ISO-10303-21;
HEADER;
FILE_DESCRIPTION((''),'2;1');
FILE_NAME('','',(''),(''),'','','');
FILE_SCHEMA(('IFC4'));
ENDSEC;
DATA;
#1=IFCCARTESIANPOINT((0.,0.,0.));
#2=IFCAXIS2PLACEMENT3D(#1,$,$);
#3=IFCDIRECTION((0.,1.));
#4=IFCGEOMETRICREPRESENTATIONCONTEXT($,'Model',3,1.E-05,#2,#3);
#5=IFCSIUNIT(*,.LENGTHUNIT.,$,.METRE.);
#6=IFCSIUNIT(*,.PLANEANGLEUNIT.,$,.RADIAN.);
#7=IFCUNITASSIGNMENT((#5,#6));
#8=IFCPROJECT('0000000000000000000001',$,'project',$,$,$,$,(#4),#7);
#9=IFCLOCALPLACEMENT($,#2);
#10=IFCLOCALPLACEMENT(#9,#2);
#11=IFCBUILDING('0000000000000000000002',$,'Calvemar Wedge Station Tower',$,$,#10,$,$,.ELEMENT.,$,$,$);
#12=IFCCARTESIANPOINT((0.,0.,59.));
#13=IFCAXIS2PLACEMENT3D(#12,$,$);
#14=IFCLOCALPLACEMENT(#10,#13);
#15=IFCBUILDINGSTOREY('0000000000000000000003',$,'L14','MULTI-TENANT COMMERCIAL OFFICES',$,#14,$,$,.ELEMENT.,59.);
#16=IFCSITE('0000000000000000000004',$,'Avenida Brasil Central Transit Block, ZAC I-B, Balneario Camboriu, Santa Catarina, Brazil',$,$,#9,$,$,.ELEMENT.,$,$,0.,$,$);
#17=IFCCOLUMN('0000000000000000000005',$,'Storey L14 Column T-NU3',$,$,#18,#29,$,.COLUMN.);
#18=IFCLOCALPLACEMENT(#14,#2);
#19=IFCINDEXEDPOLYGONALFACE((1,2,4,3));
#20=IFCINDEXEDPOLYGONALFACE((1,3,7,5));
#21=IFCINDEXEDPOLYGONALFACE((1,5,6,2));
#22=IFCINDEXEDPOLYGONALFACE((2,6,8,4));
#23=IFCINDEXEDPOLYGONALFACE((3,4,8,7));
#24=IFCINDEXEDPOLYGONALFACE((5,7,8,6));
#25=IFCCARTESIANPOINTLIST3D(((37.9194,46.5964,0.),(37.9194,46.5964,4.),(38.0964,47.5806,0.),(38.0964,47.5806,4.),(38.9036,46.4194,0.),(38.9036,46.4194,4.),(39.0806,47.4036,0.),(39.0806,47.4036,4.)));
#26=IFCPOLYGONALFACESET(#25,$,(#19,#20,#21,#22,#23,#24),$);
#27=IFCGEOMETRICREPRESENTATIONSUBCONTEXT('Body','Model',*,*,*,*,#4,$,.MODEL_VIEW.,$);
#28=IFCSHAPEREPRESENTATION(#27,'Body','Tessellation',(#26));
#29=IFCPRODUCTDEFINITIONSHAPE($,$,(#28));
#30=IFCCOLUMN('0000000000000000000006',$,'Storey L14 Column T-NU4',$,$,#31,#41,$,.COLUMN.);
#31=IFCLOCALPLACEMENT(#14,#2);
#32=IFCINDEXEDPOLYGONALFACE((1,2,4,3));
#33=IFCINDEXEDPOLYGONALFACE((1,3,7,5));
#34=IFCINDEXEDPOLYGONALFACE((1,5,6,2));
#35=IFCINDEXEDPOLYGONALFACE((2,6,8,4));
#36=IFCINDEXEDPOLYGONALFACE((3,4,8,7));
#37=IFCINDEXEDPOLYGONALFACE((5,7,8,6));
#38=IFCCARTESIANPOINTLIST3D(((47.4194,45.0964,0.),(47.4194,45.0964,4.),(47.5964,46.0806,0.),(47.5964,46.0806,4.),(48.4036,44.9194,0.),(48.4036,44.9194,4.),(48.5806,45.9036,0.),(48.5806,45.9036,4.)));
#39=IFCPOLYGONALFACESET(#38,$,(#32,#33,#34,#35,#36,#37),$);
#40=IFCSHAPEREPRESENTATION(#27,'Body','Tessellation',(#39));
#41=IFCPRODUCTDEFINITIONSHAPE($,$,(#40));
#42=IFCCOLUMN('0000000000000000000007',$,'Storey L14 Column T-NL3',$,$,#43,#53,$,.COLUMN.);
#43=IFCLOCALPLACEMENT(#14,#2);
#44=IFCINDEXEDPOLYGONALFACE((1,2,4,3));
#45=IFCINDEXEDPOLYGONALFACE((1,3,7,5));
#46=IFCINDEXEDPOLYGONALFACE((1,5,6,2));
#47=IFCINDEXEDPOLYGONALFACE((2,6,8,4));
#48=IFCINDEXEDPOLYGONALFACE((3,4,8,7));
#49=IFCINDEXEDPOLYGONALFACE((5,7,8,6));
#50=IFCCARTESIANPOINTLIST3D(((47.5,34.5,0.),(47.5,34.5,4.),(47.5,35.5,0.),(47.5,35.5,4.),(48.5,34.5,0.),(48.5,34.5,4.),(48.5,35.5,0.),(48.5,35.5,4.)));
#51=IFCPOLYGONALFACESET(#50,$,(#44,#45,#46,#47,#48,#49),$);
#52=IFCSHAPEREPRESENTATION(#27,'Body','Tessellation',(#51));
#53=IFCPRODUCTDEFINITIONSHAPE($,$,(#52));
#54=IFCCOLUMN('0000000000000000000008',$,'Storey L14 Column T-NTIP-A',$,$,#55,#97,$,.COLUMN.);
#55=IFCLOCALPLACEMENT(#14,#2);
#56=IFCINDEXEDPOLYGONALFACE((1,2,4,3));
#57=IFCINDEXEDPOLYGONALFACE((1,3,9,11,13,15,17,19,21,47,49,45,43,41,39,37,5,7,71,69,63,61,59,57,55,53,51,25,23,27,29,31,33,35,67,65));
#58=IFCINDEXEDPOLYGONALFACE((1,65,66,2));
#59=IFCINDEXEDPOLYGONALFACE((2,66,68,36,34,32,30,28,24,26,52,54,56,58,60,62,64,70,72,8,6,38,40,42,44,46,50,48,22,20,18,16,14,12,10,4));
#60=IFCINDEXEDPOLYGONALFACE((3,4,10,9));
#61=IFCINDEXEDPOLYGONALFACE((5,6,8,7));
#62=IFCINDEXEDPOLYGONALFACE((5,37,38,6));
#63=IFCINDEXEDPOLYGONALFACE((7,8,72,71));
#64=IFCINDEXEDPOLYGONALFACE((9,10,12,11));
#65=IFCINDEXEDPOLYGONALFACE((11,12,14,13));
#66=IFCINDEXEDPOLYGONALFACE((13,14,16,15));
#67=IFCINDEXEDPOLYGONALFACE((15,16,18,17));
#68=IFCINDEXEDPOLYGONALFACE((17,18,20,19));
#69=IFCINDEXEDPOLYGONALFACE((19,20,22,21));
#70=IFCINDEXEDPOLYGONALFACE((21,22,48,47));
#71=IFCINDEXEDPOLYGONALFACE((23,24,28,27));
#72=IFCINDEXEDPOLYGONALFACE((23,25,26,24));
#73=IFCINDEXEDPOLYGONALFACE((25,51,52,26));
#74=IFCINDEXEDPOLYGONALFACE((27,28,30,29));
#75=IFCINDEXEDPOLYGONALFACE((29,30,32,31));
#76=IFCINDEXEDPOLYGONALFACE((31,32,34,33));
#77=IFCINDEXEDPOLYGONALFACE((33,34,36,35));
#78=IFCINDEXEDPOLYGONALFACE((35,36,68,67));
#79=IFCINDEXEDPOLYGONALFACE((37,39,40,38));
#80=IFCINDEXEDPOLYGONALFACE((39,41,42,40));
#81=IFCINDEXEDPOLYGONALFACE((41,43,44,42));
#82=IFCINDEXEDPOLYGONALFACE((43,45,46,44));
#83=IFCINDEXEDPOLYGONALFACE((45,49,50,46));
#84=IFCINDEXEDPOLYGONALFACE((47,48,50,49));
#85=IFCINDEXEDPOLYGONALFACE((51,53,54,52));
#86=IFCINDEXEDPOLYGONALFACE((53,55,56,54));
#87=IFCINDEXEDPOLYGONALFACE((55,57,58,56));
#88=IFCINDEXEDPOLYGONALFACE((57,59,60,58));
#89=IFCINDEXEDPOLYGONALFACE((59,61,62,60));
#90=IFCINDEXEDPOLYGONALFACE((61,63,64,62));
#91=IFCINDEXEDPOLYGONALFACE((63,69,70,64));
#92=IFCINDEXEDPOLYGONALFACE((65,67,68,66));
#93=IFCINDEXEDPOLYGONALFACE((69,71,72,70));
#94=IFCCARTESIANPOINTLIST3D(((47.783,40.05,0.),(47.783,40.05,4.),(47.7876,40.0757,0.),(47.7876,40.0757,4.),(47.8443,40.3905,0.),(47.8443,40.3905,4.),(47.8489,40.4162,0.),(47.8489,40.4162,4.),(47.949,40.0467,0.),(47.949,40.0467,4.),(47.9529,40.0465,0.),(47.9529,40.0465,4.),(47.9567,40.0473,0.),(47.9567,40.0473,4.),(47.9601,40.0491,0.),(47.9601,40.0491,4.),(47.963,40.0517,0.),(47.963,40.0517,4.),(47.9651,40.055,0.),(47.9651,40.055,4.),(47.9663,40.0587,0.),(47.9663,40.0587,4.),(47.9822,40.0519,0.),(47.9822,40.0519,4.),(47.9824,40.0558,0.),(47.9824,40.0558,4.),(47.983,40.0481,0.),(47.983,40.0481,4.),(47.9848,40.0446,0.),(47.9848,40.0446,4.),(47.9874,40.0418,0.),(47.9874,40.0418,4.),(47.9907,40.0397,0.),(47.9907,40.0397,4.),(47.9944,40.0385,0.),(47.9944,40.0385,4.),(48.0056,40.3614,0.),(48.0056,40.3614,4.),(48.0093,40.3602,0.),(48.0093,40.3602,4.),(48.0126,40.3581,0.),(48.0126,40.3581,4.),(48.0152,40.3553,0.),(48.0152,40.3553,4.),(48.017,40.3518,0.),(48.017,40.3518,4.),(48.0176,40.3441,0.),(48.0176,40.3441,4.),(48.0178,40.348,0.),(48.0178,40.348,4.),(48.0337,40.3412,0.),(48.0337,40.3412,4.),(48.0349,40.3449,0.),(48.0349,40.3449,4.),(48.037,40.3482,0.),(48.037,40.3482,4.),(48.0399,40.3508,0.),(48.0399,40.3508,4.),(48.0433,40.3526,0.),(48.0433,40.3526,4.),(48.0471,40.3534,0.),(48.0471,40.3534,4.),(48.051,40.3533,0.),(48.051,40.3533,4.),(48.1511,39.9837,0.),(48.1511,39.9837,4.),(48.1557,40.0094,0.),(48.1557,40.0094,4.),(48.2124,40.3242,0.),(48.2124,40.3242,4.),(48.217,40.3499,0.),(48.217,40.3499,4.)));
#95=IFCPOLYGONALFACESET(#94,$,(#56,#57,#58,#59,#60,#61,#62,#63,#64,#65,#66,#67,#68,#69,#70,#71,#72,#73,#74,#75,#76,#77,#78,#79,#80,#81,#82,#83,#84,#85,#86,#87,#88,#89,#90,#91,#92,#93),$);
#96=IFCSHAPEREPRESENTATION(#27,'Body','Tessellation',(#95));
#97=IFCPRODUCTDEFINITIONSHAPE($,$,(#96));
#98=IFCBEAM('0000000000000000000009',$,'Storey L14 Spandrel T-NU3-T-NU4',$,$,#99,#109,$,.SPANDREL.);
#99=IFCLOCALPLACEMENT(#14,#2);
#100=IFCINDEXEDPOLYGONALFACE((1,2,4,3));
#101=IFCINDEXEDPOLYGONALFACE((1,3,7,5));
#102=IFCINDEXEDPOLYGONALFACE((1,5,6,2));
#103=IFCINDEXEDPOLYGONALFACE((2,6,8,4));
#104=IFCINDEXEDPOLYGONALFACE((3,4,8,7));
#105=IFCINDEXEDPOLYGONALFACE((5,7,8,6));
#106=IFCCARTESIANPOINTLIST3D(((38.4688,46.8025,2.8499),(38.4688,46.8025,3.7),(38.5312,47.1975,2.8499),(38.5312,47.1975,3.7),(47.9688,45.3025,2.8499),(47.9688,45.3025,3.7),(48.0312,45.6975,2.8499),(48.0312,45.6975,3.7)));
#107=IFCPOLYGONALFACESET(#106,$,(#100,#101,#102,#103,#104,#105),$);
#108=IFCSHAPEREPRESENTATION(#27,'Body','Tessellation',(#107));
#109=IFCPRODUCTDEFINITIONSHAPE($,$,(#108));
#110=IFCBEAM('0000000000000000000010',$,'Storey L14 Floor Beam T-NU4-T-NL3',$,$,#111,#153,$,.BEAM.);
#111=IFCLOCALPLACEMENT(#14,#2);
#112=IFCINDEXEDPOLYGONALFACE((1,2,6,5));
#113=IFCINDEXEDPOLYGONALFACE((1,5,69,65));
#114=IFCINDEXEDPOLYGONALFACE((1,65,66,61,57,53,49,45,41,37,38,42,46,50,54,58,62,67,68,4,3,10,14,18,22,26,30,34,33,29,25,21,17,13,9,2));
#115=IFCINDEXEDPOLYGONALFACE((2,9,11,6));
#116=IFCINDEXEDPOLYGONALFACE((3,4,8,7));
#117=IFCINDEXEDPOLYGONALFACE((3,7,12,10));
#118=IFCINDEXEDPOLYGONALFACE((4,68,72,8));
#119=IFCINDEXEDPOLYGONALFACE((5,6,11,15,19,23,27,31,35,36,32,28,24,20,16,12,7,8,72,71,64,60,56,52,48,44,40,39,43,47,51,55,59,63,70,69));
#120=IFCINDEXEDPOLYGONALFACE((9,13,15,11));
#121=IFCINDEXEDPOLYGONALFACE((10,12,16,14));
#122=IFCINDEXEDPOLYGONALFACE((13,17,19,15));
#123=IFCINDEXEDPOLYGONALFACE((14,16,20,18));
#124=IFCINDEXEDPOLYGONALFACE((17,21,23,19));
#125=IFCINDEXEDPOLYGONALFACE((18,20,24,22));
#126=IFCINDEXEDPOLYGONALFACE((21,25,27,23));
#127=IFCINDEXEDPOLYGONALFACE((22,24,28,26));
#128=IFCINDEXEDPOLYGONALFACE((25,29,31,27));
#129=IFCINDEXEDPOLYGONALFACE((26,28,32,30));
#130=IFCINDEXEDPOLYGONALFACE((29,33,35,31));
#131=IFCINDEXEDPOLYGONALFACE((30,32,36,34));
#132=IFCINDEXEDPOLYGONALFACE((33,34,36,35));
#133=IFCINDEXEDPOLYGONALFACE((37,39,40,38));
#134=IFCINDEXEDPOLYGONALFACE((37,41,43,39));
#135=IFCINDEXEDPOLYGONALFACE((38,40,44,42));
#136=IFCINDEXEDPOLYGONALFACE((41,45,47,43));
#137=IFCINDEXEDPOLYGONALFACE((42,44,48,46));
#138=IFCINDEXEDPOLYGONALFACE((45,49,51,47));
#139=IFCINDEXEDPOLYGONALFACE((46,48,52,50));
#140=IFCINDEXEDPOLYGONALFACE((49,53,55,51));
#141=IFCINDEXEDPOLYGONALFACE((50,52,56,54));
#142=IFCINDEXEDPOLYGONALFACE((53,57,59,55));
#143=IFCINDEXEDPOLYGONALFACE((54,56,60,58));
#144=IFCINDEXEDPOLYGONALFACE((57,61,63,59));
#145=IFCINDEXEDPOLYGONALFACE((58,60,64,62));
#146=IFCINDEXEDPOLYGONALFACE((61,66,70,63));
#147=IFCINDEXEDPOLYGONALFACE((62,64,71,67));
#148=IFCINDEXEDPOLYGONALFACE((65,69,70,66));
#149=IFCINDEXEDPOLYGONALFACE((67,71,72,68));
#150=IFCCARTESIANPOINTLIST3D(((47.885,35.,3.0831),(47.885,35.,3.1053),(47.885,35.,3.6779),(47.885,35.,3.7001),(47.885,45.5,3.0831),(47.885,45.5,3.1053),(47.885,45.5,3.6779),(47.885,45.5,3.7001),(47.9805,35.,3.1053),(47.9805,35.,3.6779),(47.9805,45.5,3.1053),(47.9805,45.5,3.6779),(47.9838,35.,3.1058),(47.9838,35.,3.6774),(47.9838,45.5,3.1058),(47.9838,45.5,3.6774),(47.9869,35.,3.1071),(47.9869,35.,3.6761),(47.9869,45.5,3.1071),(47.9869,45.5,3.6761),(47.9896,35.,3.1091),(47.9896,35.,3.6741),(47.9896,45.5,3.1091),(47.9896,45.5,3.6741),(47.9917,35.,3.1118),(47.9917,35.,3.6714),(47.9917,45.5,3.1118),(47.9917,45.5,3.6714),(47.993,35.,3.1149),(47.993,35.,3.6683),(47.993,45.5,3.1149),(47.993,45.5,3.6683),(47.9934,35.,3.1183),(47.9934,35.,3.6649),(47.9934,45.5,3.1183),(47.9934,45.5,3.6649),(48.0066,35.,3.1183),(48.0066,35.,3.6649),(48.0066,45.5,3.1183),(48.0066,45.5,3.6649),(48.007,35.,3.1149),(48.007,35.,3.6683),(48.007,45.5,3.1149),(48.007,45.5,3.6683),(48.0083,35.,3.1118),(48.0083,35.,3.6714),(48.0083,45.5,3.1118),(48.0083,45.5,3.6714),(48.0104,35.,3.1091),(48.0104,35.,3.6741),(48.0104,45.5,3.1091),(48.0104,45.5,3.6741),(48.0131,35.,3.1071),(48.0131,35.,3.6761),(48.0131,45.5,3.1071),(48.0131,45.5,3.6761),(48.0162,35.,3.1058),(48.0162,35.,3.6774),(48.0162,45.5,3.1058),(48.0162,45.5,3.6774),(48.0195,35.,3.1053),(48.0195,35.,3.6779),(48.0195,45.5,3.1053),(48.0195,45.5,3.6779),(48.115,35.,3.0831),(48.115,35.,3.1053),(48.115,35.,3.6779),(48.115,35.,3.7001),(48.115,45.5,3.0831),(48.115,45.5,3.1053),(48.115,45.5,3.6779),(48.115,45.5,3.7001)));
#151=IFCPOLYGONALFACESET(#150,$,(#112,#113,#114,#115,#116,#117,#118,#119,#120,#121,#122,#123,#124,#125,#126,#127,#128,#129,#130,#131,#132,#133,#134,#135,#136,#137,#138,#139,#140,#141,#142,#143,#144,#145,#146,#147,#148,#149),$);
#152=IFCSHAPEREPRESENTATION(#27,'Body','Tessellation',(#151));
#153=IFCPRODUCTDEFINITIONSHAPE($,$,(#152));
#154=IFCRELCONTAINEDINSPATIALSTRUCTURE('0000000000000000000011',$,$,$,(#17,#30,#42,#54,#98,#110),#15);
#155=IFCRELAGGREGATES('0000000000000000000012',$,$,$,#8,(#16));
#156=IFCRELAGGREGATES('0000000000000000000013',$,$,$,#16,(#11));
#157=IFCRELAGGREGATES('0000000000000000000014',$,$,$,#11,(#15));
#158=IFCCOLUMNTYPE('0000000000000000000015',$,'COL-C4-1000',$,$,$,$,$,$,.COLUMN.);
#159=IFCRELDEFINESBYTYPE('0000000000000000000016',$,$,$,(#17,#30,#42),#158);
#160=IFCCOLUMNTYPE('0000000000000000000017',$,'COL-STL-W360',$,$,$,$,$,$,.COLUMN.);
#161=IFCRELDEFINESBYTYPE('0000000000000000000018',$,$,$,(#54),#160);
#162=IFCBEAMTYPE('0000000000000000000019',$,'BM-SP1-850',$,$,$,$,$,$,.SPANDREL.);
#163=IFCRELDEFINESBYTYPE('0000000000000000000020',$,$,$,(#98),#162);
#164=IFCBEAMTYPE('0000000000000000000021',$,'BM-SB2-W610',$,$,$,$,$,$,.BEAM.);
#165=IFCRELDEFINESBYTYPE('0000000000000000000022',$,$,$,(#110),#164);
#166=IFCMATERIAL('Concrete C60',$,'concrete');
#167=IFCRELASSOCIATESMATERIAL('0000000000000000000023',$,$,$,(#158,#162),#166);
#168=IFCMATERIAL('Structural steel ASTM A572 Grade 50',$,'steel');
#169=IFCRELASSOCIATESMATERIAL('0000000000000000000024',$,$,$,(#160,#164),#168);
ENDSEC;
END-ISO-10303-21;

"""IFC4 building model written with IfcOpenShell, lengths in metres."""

from ifc_helpers import new_model, si_unit, direction, frame, origin, origin_2d, place, context, subcontext, project, spatial, rectangle, i_section, extrude, source, transform, mapped, material, material_profile, profile_set, type_object, element, save


model = new_model("IFC4")

# Units and contexts
model_context = context("Model", 3, precision=1e-05, world=origin(), true_north=direction((0.0, 1.0)))
body_context = subcontext(model_context, "Body", "Model", "MODEL_VIEW")
ifc_project = project(units=[si_unit("LENGTHUNIT", "METRE"), si_unit("PLANEANGLEUNIT", "RADIAN")], contexts=[model_context])

# Site, building, storey
site_placement = place(None, origin())
site = spatial("IfcSite", under=ifc_project, at=site_placement, Name="Avenida Brasil Central Transit Block, ZAC I-B, Balneario Camboriu, Santa Catarina, Brazil", CompositionType="ELEMENT", RefElevation=0.0)
building_placement = place(site_placement, origin())
building = spatial("IfcBuilding", under=site, at=building_placement, Name="Calvemar Wedge Station Tower", CompositionType="ELEMENT")
storey_placement = place(building_placement, frame((0.0, 0.0, 59.0)))
storey = spatial("IfcBuildingStorey", under=building, at=storey_placement, Name="L14", Description="MULTI-TENANT COMMERCIAL OFFICES", CompositionType="ELEMENT", Elevation=59.0)

# Columns
ifc_material_1 = material(Name="Concrete C60", Category="concrete")
ifc_material_profile_1 = material_profile(ifc_material_1, rectangle(XDim=1.0, YDim=1.0, at=origin_2d()), Name="RC1000x1000")
ifc_profile_set_1 = profile_set([ifc_material_profile_1], Name="Concrete C60")
column_type_1 = type_object("IfcColumnType", Name="COL-C4-1000", PredefinedType="COLUMN", material=ifc_profile_set_1)
shared_shape_1 = source(origin(), body_context, "Body", "SweptSolid", [
    extrude(rectangle(XDim=1.0, YDim=1.0, at=origin_2d()), origin(), (0.0, 0.0, 1.0), 4.0),
])
for number, where, z_axis, x_axis, name in (
    (1, (38.5, 47.0, 0.0), (0.0, 0.0, 1.0), (0.984196, -0.177085, 0.0), "Storey L14 Column T-NU3"),
    (2, (48.0, 45.5, 0.0), (0.0, 0.0, 1.0), (0.984196, -0.177085, 0.0), "Storey L14 Column T-NU4"),
    (3, (48.0, 35.0, 0.0), (0.0, 0.0, 1.0), (1.0, 0.0, 0.0), "Storey L14 Column T-NL3"),
):
    element("IfcColumn", number, at=place(storey_placement, frame(where, z_axis=z_axis, x_axis=x_axis)), inside=storey, type_object=column_type_1, Name=name, PredefinedType="COLUMN", context=body_context, shape_type="MappedRepresentation", body=[
        mapped(shared_shape_1, transform((0.0, 0.0, 0.0), scale=1.0)),
    ])
ifc_material_2 = material(Name="Structural steel ASTM A572 Grade 50", Category="steel")
ifc_material_profile_2 = material_profile(ifc_material_2, i_section(OverallWidth=0.374, OverallDepth=0.3721, WebThickness=0.0164, FlangeThickness=0.0261, FilletRadius=0.0149, at=origin_2d()), Name="W360x196")
ifc_profile_set_2 = profile_set([ifc_material_profile_2], Name="Structural steel ASTM A572 Grade 50")
column_type_2 = type_object("IfcColumnType", Name="COL-STL-W360", PredefinedType="COLUMN", material=ifc_profile_set_2)
shared_shape_2 = source(origin(), body_context, "Body", "SweptSolid", [
    extrude(i_section(OverallWidth=0.374, OverallDepth=0.3721, WebThickness=0.0164, FlangeThickness=0.0261, FilletRadius=0.0149, at=origin_2d()), origin(), (0.0, 0.0, 1.0), 4.0),
])
column_placement = place(storey_placement, frame((48.0, 40.2, 0.0), z_axis=(0.0, 0.0, 1.0), x_axis=(0.984196, -0.177085, 0.0)))
element("IfcColumn", 4, at=column_placement, inside=storey, type_object=column_type_2, Name="Storey L14 Column T-NTIP-A", PredefinedType="COLUMN", context=body_context, shape_type="MappedRepresentation", body=[
    mapped(shared_shape_2, transform((0.0, 0.0, 0.0), scale=1.0)),
])

# Beams
ifc_material_profile_3 = material_profile(ifc_material_1, rectangle(XDim=0.3999, YDim=0.8501, at=origin_2d()), Name="RC400x850")
ifc_profile_set_3 = profile_set([ifc_material_profile_3], Name="Concrete C60")
beam_type_1 = type_object("IfcBeamType", Name="BM-SP1-850", PredefinedType="SPANDREL", material=ifc_profile_set_3)
shared_shape_3 = source(origin(), body_context, "Body", "SweptSolid", [
    extrude(rectangle(XDim=0.3999, YDim=0.8501, at=origin_2d()), origin(), (0.0, 0.0, 1.0), 9.6177),
])
beam_1_placement = place(storey_placement, frame((38.5, 47.0, 3.2749), z_axis=(0.987763, -0.155963, 0.0), x_axis=(0.155963, 0.987763, 0.0)))
element("IfcBeam", 5, at=beam_1_placement, inside=storey, type_object=beam_type_1, Name="Storey L14 Spandrel T-NU3-T-NU4", PredefinedType="SPANDREL", context=body_context, shape_type="MappedRepresentation", body=[
    mapped(shared_shape_3, transform((0.0, 0.0, 0.0), scale=1.0)),
])
ifc_material_profile_4 = material_profile(ifc_material_2, i_section(OverallWidth=0.23, OverallDepth=0.6169, WebThickness=0.0132, FlangeThickness=0.0222, FilletRadius=0.0129, at=origin_2d()), Name="W610x140")
ifc_profile_set_4 = profile_set([ifc_material_profile_4], Name="Structural steel ASTM A572 Grade 50")
beam_type_2 = type_object("IfcBeamType", Name="BM-SB2-W610", PredefinedType="BEAM", material=ifc_profile_set_4)
shared_shape_4 = source(origin(), body_context, "Body", "SweptSolid", [
    extrude(i_section(OverallWidth=0.23, OverallDepth=0.6169, WebThickness=0.0132, FlangeThickness=0.0222, FilletRadius=0.0129, at=origin_2d()), origin(), (0.0, 0.0, 1.0), 10.5),
])
beam_2_placement = place(storey_placement, frame((48.0, 45.5, 3.3916), z_axis=(0.0, -1.0, 0.0), x_axis=(1.0, 0.0, 0.0)))
element("IfcBeam", 6, at=beam_2_placement, inside=storey, type_object=beam_type_2, Name="Storey L14 Floor Beam T-NU4-T-NL3", PredefinedType="BEAM", context=body_context, shape_type="MappedRepresentation", body=[
    mapped(shared_shape_4, transform((0.0, 0.0, 0.0), scale=1.0)),
])

save(model, "model.ifc")
